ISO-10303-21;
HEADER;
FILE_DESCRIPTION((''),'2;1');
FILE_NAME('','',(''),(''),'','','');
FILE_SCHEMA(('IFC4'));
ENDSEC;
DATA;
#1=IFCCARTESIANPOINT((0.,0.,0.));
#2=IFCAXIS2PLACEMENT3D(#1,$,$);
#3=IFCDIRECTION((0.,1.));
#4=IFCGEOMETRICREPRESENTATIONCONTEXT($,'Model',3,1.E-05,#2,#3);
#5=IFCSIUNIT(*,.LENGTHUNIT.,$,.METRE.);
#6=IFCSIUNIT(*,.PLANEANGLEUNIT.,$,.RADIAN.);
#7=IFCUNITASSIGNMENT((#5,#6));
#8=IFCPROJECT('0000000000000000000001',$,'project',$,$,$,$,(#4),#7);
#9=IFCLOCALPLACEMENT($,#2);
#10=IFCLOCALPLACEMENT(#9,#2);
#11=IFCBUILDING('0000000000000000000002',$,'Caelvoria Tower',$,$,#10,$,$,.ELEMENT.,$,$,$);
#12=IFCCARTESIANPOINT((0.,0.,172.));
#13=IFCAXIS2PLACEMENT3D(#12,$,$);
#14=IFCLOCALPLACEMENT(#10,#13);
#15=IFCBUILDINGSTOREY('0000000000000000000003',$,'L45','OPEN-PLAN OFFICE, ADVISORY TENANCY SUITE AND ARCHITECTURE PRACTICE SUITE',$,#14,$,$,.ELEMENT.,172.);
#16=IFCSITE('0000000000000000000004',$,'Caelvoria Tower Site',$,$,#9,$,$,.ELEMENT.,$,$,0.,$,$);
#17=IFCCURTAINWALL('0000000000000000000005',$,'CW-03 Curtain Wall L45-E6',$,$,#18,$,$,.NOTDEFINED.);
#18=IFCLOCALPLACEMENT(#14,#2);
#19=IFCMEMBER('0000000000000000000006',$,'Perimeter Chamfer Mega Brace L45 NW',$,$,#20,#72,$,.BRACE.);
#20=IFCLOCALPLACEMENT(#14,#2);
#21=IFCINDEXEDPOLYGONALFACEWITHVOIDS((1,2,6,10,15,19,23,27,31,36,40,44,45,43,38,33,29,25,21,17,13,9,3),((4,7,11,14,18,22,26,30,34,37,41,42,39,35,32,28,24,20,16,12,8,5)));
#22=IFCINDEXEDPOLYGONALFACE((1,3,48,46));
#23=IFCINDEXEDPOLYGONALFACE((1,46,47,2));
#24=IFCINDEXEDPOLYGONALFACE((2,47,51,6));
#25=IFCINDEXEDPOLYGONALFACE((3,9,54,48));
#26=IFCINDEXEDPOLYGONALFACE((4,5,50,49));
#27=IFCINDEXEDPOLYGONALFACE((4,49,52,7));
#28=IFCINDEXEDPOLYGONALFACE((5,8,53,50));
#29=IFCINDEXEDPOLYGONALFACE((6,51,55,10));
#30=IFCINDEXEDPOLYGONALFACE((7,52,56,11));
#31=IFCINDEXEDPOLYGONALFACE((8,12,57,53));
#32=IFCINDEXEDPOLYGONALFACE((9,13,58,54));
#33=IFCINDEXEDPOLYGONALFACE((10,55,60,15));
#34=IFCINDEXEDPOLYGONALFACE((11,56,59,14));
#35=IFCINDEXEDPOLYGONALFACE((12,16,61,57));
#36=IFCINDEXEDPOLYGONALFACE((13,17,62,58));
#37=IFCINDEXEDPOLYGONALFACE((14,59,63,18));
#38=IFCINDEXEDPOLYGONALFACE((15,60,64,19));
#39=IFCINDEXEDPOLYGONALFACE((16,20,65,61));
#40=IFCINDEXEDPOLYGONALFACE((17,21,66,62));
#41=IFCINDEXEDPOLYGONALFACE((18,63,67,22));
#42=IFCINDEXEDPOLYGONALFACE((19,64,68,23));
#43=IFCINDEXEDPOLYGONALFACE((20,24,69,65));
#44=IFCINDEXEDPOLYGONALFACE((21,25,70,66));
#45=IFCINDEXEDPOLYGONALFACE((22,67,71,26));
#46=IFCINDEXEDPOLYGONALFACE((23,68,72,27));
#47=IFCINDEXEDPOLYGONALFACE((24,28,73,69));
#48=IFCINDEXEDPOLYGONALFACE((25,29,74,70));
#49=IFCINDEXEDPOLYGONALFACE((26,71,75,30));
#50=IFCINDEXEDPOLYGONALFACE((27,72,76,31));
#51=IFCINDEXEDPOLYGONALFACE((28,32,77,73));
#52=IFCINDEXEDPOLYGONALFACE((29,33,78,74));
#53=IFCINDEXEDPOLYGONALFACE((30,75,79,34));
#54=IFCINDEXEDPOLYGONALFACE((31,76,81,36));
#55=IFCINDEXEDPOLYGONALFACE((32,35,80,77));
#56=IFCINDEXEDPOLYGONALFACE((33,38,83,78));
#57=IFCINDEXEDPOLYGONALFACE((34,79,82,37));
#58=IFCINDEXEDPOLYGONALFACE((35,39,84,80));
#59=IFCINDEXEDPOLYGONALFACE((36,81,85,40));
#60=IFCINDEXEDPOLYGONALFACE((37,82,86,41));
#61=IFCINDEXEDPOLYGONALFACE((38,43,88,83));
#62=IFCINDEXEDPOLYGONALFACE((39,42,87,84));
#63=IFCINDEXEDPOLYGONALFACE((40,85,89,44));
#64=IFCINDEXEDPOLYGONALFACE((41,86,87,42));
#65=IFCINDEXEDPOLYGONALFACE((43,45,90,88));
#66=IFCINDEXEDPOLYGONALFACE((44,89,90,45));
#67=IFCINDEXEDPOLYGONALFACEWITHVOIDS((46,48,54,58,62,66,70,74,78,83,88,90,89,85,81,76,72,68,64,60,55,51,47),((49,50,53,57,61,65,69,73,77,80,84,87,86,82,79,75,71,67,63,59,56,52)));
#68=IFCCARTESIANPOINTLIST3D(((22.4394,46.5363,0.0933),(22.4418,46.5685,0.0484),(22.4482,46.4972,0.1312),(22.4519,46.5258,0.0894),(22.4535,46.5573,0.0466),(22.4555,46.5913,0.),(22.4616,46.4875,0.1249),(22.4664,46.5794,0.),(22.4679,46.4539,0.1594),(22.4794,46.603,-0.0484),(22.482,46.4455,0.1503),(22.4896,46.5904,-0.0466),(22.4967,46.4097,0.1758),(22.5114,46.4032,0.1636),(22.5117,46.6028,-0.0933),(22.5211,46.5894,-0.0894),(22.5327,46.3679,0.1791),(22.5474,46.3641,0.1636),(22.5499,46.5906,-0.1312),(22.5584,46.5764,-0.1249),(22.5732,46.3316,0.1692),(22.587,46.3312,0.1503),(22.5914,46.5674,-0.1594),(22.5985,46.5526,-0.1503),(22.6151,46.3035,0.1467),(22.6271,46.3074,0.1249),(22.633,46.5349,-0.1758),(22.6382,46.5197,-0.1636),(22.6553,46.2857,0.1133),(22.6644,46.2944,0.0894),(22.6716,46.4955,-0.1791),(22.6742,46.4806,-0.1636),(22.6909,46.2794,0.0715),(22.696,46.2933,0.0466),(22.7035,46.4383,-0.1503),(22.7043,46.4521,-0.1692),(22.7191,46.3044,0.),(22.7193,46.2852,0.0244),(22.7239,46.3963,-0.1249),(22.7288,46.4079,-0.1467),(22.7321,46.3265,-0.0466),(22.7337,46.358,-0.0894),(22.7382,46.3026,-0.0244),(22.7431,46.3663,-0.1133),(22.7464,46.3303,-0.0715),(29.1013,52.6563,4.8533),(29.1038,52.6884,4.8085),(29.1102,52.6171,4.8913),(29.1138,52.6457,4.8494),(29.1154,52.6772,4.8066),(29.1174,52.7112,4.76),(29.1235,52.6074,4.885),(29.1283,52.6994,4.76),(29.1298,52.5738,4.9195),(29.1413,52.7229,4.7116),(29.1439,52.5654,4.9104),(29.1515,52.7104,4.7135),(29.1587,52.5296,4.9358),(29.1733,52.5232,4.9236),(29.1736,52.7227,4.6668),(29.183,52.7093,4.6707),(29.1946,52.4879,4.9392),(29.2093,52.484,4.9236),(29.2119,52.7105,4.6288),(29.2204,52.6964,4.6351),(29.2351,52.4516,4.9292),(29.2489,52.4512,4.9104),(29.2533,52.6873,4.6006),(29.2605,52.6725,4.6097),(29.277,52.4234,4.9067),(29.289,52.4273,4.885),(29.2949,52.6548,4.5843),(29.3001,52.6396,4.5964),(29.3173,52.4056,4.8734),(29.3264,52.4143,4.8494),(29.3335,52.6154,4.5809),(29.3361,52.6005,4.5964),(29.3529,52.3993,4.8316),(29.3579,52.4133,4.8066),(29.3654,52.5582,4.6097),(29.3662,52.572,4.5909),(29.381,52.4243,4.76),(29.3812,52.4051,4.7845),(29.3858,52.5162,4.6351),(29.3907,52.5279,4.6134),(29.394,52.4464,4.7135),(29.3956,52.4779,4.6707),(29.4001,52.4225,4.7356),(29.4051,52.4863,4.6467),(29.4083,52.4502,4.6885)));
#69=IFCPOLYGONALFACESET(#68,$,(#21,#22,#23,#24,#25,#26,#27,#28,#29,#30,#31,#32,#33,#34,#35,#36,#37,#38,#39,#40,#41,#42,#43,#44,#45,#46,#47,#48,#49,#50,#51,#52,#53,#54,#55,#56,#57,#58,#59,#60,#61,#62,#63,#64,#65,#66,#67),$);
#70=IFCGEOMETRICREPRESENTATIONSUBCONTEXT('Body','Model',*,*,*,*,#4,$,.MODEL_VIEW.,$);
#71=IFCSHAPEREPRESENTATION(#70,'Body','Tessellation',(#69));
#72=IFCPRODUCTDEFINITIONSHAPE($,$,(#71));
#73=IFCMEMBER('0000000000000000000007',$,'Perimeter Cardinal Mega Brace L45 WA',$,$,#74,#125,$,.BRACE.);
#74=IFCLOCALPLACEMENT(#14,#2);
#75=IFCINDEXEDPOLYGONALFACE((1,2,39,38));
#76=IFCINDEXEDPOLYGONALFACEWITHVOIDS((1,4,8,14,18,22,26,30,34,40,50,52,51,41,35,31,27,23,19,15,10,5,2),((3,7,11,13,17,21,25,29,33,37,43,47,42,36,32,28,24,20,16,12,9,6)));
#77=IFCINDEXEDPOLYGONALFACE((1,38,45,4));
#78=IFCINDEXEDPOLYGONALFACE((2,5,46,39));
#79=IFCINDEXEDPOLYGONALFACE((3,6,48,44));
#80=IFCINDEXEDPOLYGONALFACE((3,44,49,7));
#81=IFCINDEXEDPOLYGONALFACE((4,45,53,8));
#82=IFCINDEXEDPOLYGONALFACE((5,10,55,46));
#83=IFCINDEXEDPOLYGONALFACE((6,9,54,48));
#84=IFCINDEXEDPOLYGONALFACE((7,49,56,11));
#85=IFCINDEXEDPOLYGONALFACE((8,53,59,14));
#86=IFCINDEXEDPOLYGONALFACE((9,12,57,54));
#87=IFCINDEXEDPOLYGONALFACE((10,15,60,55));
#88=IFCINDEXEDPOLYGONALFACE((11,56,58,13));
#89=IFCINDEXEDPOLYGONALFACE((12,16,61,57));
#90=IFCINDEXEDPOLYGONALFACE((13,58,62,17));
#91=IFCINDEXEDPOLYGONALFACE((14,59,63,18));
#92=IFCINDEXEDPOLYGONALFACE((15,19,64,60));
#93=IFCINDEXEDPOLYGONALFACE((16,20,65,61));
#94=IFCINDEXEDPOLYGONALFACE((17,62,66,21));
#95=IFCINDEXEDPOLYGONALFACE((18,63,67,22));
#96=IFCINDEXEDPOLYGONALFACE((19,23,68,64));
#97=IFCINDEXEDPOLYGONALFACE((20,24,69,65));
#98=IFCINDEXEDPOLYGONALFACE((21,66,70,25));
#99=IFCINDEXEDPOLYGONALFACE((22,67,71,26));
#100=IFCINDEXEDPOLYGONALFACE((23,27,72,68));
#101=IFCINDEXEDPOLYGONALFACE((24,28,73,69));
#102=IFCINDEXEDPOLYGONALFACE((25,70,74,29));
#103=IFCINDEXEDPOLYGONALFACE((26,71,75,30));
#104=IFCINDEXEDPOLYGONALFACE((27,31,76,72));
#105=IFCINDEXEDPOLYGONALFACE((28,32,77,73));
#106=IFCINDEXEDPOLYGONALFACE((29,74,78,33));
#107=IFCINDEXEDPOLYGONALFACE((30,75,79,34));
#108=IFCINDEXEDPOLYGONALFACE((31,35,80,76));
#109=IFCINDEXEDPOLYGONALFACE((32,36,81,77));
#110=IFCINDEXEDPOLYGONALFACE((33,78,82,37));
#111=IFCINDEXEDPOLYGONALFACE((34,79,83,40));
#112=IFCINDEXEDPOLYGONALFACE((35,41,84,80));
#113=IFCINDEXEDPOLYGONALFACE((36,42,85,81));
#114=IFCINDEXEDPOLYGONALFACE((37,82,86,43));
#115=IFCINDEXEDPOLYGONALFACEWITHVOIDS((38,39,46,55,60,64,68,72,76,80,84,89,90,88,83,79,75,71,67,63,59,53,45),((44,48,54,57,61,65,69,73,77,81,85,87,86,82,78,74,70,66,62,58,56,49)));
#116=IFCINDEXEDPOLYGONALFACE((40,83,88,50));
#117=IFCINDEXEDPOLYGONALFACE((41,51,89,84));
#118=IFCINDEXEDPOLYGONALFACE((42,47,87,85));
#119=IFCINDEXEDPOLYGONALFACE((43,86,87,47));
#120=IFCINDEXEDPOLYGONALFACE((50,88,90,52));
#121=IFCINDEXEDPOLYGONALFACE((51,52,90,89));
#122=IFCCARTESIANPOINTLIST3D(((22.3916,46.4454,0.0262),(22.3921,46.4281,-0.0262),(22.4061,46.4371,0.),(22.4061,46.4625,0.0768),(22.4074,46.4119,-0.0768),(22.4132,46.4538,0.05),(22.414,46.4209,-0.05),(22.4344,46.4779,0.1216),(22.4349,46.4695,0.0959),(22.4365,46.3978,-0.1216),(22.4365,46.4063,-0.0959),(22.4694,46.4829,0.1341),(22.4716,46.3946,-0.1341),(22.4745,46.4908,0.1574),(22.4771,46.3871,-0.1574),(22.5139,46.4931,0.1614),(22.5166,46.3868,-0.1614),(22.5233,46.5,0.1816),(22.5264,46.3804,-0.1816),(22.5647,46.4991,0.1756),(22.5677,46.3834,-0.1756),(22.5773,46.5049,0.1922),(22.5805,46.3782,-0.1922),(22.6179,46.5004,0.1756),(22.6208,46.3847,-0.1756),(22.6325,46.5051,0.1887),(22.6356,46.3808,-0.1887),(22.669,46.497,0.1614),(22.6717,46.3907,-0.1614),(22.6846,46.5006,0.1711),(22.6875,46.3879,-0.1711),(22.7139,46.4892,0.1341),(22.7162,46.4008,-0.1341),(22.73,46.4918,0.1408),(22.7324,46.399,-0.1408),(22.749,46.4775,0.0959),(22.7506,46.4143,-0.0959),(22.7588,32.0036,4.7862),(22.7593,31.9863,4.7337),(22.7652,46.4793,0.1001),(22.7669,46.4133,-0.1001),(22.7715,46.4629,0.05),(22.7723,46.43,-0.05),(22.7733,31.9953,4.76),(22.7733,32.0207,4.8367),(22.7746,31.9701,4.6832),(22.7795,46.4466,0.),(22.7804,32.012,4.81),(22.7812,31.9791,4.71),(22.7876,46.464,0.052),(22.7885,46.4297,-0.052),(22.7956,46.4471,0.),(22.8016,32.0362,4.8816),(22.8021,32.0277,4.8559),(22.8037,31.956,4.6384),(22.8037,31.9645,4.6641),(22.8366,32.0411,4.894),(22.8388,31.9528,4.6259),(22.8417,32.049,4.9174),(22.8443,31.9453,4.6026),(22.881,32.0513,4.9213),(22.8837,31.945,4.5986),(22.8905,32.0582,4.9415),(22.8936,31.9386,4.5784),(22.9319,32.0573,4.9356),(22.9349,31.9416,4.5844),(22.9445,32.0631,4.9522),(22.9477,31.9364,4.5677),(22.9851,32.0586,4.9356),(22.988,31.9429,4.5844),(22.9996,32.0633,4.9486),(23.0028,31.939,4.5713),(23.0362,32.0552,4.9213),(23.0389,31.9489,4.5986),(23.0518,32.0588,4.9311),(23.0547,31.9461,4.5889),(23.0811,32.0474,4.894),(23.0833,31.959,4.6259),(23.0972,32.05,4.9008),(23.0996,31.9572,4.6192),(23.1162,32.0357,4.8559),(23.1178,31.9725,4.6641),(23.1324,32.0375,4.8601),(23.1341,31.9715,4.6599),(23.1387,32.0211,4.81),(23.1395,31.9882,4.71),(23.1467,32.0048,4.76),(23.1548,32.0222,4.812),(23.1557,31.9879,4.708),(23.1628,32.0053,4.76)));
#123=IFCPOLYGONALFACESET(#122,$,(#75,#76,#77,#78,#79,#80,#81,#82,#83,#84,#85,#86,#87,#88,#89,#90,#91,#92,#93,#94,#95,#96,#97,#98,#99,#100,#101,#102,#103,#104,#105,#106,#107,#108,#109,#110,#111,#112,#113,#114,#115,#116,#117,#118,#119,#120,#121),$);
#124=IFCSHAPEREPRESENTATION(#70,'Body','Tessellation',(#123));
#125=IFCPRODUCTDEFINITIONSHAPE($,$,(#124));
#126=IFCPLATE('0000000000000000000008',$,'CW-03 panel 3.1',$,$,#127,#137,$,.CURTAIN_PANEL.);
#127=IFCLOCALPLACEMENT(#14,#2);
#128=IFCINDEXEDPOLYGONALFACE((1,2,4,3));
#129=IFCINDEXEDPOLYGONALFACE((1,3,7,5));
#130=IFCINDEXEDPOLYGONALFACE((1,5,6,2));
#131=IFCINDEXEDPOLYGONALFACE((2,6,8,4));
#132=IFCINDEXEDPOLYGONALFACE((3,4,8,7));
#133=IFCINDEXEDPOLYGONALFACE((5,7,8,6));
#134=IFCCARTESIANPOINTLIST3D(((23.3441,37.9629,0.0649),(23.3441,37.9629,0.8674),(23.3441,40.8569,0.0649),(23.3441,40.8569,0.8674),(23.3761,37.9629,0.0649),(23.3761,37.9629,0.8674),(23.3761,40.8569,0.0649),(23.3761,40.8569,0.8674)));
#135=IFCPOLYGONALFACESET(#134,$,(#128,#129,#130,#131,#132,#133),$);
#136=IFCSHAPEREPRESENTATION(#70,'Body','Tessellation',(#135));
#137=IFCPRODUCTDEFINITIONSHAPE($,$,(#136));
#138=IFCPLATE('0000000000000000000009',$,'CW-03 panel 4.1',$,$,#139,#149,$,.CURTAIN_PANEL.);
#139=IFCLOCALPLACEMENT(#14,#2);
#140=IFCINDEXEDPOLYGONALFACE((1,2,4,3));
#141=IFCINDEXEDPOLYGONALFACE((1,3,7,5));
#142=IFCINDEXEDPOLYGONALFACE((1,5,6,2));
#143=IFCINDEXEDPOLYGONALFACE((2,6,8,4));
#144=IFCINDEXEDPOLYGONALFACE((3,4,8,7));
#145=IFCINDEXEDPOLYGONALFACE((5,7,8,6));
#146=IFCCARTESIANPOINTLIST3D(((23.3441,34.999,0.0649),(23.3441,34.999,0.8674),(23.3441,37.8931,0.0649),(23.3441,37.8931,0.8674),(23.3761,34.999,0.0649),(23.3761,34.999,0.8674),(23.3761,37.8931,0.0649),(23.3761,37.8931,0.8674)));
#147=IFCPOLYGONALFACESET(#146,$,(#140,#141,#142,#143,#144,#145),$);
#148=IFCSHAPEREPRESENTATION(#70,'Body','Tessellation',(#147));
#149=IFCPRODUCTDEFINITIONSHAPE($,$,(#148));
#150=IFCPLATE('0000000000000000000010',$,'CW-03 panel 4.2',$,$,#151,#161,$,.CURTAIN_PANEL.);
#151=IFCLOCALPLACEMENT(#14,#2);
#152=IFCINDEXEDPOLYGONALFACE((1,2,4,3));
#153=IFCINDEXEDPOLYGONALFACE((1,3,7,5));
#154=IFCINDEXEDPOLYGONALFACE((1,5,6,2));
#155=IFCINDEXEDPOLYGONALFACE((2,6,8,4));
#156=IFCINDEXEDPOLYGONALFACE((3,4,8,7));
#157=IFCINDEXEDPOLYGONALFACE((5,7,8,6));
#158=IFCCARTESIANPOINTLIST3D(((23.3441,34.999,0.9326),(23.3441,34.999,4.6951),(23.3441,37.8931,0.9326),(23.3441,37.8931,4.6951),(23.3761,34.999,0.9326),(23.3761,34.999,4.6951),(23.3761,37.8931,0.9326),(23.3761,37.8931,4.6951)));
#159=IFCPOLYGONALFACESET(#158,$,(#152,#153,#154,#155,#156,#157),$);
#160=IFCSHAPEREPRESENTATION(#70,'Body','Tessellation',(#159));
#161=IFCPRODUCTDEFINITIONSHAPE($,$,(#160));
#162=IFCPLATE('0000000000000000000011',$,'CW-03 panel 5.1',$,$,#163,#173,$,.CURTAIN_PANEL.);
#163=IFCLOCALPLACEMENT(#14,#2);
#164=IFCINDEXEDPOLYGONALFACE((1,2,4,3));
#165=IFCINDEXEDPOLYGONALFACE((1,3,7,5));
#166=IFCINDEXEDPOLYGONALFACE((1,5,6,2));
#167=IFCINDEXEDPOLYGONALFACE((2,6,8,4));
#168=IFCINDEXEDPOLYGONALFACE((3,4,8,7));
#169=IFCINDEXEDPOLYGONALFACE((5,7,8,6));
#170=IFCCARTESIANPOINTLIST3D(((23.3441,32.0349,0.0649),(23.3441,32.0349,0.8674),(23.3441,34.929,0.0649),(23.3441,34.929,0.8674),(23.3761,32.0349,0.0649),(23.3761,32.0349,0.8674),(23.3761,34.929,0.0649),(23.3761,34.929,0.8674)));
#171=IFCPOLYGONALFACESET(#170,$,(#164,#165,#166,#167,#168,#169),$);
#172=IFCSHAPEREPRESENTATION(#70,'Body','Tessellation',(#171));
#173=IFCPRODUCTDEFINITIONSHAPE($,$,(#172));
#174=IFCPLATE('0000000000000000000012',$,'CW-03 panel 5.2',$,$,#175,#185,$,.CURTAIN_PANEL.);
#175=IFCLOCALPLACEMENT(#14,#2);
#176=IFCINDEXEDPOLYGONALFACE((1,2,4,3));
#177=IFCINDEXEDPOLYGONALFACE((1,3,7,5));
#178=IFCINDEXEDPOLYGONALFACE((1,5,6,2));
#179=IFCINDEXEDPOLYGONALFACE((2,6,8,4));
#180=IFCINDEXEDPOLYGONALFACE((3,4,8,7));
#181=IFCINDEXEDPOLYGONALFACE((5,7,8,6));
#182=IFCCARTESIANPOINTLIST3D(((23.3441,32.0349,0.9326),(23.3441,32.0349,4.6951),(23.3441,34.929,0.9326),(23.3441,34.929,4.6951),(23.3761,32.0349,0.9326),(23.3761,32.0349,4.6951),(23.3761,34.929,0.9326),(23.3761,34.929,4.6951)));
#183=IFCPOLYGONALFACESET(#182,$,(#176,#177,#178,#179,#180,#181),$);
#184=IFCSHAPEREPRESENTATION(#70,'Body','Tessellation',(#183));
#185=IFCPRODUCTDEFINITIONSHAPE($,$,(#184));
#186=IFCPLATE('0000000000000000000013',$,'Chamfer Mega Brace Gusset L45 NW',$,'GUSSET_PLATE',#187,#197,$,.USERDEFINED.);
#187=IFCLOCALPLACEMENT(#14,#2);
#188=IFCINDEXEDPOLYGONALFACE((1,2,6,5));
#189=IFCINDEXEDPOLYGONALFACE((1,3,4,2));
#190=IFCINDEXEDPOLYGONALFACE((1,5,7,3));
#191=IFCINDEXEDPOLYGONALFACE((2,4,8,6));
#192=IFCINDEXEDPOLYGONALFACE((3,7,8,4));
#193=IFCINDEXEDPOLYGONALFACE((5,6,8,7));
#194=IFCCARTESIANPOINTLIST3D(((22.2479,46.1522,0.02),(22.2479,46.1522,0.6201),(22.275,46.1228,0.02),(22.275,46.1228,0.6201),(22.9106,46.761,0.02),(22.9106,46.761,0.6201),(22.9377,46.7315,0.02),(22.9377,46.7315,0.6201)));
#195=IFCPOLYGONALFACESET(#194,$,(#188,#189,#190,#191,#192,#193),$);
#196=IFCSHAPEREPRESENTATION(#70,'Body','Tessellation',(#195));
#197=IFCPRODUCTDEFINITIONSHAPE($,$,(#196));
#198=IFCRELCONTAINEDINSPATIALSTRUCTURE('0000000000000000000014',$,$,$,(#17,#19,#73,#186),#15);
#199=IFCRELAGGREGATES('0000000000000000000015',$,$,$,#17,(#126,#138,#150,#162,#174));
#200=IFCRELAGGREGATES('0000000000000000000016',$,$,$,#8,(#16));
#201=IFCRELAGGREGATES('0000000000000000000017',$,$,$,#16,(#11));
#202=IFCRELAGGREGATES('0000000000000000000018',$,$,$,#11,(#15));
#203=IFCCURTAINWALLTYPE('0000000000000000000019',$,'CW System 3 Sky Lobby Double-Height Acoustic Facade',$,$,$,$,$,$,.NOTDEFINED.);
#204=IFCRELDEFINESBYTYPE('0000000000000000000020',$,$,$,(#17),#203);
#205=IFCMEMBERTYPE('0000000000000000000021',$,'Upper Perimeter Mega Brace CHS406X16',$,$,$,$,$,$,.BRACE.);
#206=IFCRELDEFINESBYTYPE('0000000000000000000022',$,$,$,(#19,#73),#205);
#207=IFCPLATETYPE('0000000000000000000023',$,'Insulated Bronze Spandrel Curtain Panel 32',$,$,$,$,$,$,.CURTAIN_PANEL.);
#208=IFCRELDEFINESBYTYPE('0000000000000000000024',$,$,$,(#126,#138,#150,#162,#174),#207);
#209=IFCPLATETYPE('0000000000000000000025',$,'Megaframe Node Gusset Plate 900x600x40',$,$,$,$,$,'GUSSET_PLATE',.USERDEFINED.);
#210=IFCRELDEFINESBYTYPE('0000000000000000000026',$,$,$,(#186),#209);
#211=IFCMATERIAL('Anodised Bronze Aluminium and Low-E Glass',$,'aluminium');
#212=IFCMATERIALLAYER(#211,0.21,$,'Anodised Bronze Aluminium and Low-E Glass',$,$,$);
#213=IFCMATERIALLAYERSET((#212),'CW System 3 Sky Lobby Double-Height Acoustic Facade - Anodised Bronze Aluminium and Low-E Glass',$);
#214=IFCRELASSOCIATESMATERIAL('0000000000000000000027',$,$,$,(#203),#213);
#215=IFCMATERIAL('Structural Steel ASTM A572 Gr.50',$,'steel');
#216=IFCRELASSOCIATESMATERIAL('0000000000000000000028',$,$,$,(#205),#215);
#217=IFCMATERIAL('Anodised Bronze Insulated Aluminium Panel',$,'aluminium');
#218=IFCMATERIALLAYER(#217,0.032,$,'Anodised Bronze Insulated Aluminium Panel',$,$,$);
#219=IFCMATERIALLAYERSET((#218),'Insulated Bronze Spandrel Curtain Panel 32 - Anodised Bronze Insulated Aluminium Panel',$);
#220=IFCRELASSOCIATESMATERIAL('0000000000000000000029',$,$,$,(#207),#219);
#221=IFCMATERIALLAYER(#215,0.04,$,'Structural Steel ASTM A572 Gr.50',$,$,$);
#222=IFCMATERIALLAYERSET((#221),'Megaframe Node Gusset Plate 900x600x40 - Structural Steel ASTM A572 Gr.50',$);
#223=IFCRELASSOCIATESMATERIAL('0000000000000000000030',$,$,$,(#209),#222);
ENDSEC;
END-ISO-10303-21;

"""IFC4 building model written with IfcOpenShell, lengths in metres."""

from ifc_helpers import new_model, si_unit, direction, frame, origin, origin_2d, place, context, subcontext, project, spatial, rectangle, hollow_circle, extrude, material, layer, layer_set, material_profile, profile_set, type_object, element, aggregate, save


model = new_model("IFC4")

# Units and contexts
model_context = context("Model", 3, precision=1e-05, world=origin(), true_north=direction((0.0, 1.0)))
body_context = subcontext(model_context, "Body", "Model", "MODEL_VIEW")
ifc_project = project(units=[si_unit("LENGTHUNIT", "METRE"), si_unit("PLANEANGLEUNIT", "RADIAN")], contexts=[model_context])

# Site, building, storey
site_placement = place(None, origin())
site = spatial("IfcSite", under=ifc_project, at=site_placement, Name="Caelvoria Tower Site", CompositionType="ELEMENT", RefElevation=0.0)
building_placement = place(site_placement, origin())
building = spatial("IfcBuilding", under=site, at=building_placement, Name="Caelvoria Tower", CompositionType="ELEMENT")
storey_placement = place(building_placement, frame((0.0, 0.0, 172.0)))
storey = spatial("IfcBuildingStorey", under=building, at=storey_placement, Name="L45", Description="OPEN-PLAN OFFICE, ADVISORY TENANCY SUITE AND ARCHITECTURE PRACTICE SUITE", CompositionType="ELEMENT", Elevation=172.0)

# Shared definitions
ifc_material_1 = material(Name="Structural Steel ASTM A572 Gr.50", Category="steel")

# Shared definitions
ifc_material_2 = material(Name="Anodised Bronze Aluminium and Low-E Glass", Category="aluminium")
ifc_layer_1 = layer(ifc_material_2, 0.21, Name="Anodised Bronze Aluminium and Low-E Glass")
ifc_layer_set_1 = layer_set([ifc_layer_1], Name="CW System 3 Sky Lobby Double-Height Acoustic Facade - Anodised Bronze Aluminium and Low-E Glass")
curtain_wall_type = type_object("IfcCurtainWallType", Name="CW System 3 Sky Lobby Double-Height Acoustic Facade", PredefinedType="NOTDEFINED", material=ifc_layer_set_1)

# Curtain wall
curtain_wall_1_placement = place(storey_placement, origin())
curtain_wall_1 = element("IfcCurtainWall", 1, at=curtain_wall_1_placement, inside=storey, type_object=curtain_wall_type, Name="CW-03 Curtain Wall L45-E6", PredefinedType="NOTDEFINED")

# Members
ifc_material_profile_1 = material_profile(ifc_material_1, hollow_circle(Radius=0.2029, WallThickness=0.0161, at=origin_2d()), Name="Structural Steel ASTM A572 Gr.50")
ifc_profile_set_1 = profile_set([ifc_material_profile_1], Name="CHS406X16 - Structural Steel ASTM A572 Gr.50")
member_type_1 = type_object("IfcMemberType", Name="Upper Perimeter Mega Brace CHS406X16", PredefinedType="BRACE", material=ifc_profile_set_1)
member_1_placement = place(storey_placement, frame((22.5928, 46.4419, 0.0), z_axis=(0.651713, 0.598691, 0.465659), x_axis=(-0.676515, 0.736429, 0.0)))
element("IfcMember", 2, at=member_1_placement, inside=storey, type_object=member_type_1, Name="Perimeter Chamfer Mega Brace L45 NW", PredefinedType="BRACE", context=body_context, shape_type="SweptSolid", body=[
    extrude(hollow_circle(Radius=0.2029, WallThickness=0.0161, at=origin_2d()), origin(), (0.0, 0.0, 1.0), 10.2222),
])
member_2_placement = place(storey_placement, frame((22.5928, 46.4419, 0.0), z_axis=(0.02414, -0.949466, 0.312941), x_axis=(0.999677, 0.025417, 0.0)))
element("IfcMember", 3, at=member_2_placement, inside=storey, type_object=member_type_1, Name="Perimeter Cardinal Mega Brace L45 WA", PredefinedType="BRACE", context=body_context, shape_type="SweptSolid", body=[
    extrude(hollow_circle(Radius=0.2029, WallThickness=0.0161, at=origin_2d()), origin(), (0.0, 0.0, 1.0), 15.2104),
])

# Plates
ifc_material_3 = material(Name="Anodised Bronze Insulated Aluminium Panel", Category="aluminium")
ifc_layer_2 = layer(ifc_material_3, 0.032, Name="Anodised Bronze Insulated Aluminium Panel")
ifc_layer_set_2 = layer_set([ifc_layer_2], Name="Insulated Bronze Spandrel Curtain Panel 32 - Anodised Bronze Insulated Aluminium Panel")
plate_type_1 = type_object("IfcPlateType", Name="Insulated Bronze Spandrel Curtain Panel 32", PredefinedType="CURTAIN_PANEL", material=ifc_layer_set_2)
plate_1_placement = place(storey_placement, frame((23.3601, 39.4099, 0.0649), z_axis=(0.0, 0.0, 1.0), x_axis=(0.0, -1.0, 0.0)))
plate_1 = element("IfcPlate", 4, at=plate_1_placement, type_object=plate_type_1, Name="CW-03 panel 3.1", PredefinedType="CURTAIN_PANEL", context=body_context, shape_type="SweptSolid", body=[
    extrude(rectangle(XDim=2.894, YDim=0.032, at=origin_2d()), origin(), (0.0, 0.0, 1.0), 0.8025),
])
plate_2_placement = place(storey_placement, frame((23.3601, 36.446, 0.0649), z_axis=(0.0, 0.0, 1.0), x_axis=(0.0, -1.0, 0.0)))
plate_2 = element("IfcPlate", 5, at=plate_2_placement, type_object=plate_type_1, Name="CW-03 panel 4.1", PredefinedType="CURTAIN_PANEL", context=body_context, shape_type="SweptSolid", body=[
    extrude(rectangle(XDim=2.894, YDim=0.032, at=origin_2d()), origin(), (0.0, 0.0, 1.0), 0.8025),
])
plate_3_placement = place(storey_placement, frame((23.3601, 36.446, 0.9326), z_axis=(0.0, 0.0, 1.0), x_axis=(0.0, -1.0, 0.0)))
plate_3 = element("IfcPlate", 6, at=plate_3_placement, type_object=plate_type_1, Name="CW-03 panel 4.2", PredefinedType="CURTAIN_PANEL", context=body_context, shape_type="SweptSolid", body=[
    extrude(rectangle(XDim=2.894, YDim=0.032, at=origin_2d()), origin(), (0.0, 0.0, 1.0), 3.7625),
])
plate_4_placement = place(storey_placement, frame((23.3601, 33.4819, 0.0649), z_axis=(0.0, 0.0, 1.0), x_axis=(0.0, -1.0, 0.0)))
plate_4 = element("IfcPlate", 7, at=plate_4_placement, type_object=plate_type_1, Name="CW-03 panel 5.1", PredefinedType="CURTAIN_PANEL", context=body_context, shape_type="SweptSolid", body=[
    extrude(rectangle(XDim=2.894, YDim=0.032, at=origin_2d()), origin(), (0.0, 0.0, 1.0), 0.8025),
])
plate_5_placement = place(storey_placement, frame((23.3601, 33.4819, 0.9326), z_axis=(0.0, 0.0, 1.0), x_axis=(0.0, -1.0, 0.0)))
plate_5 = element("IfcPlate", 8, at=plate_5_placement, type_object=plate_type_1, Name="CW-03 panel 5.2", PredefinedType="CURTAIN_PANEL", context=body_context, shape_type="SweptSolid", body=[
    extrude(rectangle(XDim=2.894, YDim=0.032, at=origin_2d()), origin(), (0.0, 0.0, 1.0), 3.7625),
])
aggregate(curtain_wall_1, [plate_1, plate_2, plate_3, plate_4, plate_5])
ifc_layer_3 = layer(ifc_material_1, 0.04, Name="Structural Steel ASTM A572 Gr.50")
ifc_layer_set_3 = layer_set([ifc_layer_3], Name="Megaframe Node Gusset Plate 900x600x40 - Structural Steel ASTM A572 Gr.50")
plate_type_2 = type_object("IfcPlateType", Name="Megaframe Node Gusset Plate 900x600x40", ElementType="GUSSET_PLATE", PredefinedType="USERDEFINED", material=ifc_layer_set_3)
plate_6_placement = place(storey_placement, frame((22.5928, 46.4419, 0.02), z_axis=(0.0, 0.0, 1.0), x_axis=(0.736435, 0.676508, 0.0)))
element("IfcPlate", 9, at=plate_6_placement, inside=storey, type_object=plate_type_2, Name="Chamfer Mega Brace Gusset L45 NW", ObjectType="GUSSET_PLATE", PredefinedType="USERDEFINED", context=body_context, shape_type="SweptSolid", body=[
    extrude(rectangle(XDim=0.8999, YDim=0.04, at=origin_2d()), origin(), (0.0, 0.0, 1.0), 0.6001),
])

save(model, "model.ifc")
